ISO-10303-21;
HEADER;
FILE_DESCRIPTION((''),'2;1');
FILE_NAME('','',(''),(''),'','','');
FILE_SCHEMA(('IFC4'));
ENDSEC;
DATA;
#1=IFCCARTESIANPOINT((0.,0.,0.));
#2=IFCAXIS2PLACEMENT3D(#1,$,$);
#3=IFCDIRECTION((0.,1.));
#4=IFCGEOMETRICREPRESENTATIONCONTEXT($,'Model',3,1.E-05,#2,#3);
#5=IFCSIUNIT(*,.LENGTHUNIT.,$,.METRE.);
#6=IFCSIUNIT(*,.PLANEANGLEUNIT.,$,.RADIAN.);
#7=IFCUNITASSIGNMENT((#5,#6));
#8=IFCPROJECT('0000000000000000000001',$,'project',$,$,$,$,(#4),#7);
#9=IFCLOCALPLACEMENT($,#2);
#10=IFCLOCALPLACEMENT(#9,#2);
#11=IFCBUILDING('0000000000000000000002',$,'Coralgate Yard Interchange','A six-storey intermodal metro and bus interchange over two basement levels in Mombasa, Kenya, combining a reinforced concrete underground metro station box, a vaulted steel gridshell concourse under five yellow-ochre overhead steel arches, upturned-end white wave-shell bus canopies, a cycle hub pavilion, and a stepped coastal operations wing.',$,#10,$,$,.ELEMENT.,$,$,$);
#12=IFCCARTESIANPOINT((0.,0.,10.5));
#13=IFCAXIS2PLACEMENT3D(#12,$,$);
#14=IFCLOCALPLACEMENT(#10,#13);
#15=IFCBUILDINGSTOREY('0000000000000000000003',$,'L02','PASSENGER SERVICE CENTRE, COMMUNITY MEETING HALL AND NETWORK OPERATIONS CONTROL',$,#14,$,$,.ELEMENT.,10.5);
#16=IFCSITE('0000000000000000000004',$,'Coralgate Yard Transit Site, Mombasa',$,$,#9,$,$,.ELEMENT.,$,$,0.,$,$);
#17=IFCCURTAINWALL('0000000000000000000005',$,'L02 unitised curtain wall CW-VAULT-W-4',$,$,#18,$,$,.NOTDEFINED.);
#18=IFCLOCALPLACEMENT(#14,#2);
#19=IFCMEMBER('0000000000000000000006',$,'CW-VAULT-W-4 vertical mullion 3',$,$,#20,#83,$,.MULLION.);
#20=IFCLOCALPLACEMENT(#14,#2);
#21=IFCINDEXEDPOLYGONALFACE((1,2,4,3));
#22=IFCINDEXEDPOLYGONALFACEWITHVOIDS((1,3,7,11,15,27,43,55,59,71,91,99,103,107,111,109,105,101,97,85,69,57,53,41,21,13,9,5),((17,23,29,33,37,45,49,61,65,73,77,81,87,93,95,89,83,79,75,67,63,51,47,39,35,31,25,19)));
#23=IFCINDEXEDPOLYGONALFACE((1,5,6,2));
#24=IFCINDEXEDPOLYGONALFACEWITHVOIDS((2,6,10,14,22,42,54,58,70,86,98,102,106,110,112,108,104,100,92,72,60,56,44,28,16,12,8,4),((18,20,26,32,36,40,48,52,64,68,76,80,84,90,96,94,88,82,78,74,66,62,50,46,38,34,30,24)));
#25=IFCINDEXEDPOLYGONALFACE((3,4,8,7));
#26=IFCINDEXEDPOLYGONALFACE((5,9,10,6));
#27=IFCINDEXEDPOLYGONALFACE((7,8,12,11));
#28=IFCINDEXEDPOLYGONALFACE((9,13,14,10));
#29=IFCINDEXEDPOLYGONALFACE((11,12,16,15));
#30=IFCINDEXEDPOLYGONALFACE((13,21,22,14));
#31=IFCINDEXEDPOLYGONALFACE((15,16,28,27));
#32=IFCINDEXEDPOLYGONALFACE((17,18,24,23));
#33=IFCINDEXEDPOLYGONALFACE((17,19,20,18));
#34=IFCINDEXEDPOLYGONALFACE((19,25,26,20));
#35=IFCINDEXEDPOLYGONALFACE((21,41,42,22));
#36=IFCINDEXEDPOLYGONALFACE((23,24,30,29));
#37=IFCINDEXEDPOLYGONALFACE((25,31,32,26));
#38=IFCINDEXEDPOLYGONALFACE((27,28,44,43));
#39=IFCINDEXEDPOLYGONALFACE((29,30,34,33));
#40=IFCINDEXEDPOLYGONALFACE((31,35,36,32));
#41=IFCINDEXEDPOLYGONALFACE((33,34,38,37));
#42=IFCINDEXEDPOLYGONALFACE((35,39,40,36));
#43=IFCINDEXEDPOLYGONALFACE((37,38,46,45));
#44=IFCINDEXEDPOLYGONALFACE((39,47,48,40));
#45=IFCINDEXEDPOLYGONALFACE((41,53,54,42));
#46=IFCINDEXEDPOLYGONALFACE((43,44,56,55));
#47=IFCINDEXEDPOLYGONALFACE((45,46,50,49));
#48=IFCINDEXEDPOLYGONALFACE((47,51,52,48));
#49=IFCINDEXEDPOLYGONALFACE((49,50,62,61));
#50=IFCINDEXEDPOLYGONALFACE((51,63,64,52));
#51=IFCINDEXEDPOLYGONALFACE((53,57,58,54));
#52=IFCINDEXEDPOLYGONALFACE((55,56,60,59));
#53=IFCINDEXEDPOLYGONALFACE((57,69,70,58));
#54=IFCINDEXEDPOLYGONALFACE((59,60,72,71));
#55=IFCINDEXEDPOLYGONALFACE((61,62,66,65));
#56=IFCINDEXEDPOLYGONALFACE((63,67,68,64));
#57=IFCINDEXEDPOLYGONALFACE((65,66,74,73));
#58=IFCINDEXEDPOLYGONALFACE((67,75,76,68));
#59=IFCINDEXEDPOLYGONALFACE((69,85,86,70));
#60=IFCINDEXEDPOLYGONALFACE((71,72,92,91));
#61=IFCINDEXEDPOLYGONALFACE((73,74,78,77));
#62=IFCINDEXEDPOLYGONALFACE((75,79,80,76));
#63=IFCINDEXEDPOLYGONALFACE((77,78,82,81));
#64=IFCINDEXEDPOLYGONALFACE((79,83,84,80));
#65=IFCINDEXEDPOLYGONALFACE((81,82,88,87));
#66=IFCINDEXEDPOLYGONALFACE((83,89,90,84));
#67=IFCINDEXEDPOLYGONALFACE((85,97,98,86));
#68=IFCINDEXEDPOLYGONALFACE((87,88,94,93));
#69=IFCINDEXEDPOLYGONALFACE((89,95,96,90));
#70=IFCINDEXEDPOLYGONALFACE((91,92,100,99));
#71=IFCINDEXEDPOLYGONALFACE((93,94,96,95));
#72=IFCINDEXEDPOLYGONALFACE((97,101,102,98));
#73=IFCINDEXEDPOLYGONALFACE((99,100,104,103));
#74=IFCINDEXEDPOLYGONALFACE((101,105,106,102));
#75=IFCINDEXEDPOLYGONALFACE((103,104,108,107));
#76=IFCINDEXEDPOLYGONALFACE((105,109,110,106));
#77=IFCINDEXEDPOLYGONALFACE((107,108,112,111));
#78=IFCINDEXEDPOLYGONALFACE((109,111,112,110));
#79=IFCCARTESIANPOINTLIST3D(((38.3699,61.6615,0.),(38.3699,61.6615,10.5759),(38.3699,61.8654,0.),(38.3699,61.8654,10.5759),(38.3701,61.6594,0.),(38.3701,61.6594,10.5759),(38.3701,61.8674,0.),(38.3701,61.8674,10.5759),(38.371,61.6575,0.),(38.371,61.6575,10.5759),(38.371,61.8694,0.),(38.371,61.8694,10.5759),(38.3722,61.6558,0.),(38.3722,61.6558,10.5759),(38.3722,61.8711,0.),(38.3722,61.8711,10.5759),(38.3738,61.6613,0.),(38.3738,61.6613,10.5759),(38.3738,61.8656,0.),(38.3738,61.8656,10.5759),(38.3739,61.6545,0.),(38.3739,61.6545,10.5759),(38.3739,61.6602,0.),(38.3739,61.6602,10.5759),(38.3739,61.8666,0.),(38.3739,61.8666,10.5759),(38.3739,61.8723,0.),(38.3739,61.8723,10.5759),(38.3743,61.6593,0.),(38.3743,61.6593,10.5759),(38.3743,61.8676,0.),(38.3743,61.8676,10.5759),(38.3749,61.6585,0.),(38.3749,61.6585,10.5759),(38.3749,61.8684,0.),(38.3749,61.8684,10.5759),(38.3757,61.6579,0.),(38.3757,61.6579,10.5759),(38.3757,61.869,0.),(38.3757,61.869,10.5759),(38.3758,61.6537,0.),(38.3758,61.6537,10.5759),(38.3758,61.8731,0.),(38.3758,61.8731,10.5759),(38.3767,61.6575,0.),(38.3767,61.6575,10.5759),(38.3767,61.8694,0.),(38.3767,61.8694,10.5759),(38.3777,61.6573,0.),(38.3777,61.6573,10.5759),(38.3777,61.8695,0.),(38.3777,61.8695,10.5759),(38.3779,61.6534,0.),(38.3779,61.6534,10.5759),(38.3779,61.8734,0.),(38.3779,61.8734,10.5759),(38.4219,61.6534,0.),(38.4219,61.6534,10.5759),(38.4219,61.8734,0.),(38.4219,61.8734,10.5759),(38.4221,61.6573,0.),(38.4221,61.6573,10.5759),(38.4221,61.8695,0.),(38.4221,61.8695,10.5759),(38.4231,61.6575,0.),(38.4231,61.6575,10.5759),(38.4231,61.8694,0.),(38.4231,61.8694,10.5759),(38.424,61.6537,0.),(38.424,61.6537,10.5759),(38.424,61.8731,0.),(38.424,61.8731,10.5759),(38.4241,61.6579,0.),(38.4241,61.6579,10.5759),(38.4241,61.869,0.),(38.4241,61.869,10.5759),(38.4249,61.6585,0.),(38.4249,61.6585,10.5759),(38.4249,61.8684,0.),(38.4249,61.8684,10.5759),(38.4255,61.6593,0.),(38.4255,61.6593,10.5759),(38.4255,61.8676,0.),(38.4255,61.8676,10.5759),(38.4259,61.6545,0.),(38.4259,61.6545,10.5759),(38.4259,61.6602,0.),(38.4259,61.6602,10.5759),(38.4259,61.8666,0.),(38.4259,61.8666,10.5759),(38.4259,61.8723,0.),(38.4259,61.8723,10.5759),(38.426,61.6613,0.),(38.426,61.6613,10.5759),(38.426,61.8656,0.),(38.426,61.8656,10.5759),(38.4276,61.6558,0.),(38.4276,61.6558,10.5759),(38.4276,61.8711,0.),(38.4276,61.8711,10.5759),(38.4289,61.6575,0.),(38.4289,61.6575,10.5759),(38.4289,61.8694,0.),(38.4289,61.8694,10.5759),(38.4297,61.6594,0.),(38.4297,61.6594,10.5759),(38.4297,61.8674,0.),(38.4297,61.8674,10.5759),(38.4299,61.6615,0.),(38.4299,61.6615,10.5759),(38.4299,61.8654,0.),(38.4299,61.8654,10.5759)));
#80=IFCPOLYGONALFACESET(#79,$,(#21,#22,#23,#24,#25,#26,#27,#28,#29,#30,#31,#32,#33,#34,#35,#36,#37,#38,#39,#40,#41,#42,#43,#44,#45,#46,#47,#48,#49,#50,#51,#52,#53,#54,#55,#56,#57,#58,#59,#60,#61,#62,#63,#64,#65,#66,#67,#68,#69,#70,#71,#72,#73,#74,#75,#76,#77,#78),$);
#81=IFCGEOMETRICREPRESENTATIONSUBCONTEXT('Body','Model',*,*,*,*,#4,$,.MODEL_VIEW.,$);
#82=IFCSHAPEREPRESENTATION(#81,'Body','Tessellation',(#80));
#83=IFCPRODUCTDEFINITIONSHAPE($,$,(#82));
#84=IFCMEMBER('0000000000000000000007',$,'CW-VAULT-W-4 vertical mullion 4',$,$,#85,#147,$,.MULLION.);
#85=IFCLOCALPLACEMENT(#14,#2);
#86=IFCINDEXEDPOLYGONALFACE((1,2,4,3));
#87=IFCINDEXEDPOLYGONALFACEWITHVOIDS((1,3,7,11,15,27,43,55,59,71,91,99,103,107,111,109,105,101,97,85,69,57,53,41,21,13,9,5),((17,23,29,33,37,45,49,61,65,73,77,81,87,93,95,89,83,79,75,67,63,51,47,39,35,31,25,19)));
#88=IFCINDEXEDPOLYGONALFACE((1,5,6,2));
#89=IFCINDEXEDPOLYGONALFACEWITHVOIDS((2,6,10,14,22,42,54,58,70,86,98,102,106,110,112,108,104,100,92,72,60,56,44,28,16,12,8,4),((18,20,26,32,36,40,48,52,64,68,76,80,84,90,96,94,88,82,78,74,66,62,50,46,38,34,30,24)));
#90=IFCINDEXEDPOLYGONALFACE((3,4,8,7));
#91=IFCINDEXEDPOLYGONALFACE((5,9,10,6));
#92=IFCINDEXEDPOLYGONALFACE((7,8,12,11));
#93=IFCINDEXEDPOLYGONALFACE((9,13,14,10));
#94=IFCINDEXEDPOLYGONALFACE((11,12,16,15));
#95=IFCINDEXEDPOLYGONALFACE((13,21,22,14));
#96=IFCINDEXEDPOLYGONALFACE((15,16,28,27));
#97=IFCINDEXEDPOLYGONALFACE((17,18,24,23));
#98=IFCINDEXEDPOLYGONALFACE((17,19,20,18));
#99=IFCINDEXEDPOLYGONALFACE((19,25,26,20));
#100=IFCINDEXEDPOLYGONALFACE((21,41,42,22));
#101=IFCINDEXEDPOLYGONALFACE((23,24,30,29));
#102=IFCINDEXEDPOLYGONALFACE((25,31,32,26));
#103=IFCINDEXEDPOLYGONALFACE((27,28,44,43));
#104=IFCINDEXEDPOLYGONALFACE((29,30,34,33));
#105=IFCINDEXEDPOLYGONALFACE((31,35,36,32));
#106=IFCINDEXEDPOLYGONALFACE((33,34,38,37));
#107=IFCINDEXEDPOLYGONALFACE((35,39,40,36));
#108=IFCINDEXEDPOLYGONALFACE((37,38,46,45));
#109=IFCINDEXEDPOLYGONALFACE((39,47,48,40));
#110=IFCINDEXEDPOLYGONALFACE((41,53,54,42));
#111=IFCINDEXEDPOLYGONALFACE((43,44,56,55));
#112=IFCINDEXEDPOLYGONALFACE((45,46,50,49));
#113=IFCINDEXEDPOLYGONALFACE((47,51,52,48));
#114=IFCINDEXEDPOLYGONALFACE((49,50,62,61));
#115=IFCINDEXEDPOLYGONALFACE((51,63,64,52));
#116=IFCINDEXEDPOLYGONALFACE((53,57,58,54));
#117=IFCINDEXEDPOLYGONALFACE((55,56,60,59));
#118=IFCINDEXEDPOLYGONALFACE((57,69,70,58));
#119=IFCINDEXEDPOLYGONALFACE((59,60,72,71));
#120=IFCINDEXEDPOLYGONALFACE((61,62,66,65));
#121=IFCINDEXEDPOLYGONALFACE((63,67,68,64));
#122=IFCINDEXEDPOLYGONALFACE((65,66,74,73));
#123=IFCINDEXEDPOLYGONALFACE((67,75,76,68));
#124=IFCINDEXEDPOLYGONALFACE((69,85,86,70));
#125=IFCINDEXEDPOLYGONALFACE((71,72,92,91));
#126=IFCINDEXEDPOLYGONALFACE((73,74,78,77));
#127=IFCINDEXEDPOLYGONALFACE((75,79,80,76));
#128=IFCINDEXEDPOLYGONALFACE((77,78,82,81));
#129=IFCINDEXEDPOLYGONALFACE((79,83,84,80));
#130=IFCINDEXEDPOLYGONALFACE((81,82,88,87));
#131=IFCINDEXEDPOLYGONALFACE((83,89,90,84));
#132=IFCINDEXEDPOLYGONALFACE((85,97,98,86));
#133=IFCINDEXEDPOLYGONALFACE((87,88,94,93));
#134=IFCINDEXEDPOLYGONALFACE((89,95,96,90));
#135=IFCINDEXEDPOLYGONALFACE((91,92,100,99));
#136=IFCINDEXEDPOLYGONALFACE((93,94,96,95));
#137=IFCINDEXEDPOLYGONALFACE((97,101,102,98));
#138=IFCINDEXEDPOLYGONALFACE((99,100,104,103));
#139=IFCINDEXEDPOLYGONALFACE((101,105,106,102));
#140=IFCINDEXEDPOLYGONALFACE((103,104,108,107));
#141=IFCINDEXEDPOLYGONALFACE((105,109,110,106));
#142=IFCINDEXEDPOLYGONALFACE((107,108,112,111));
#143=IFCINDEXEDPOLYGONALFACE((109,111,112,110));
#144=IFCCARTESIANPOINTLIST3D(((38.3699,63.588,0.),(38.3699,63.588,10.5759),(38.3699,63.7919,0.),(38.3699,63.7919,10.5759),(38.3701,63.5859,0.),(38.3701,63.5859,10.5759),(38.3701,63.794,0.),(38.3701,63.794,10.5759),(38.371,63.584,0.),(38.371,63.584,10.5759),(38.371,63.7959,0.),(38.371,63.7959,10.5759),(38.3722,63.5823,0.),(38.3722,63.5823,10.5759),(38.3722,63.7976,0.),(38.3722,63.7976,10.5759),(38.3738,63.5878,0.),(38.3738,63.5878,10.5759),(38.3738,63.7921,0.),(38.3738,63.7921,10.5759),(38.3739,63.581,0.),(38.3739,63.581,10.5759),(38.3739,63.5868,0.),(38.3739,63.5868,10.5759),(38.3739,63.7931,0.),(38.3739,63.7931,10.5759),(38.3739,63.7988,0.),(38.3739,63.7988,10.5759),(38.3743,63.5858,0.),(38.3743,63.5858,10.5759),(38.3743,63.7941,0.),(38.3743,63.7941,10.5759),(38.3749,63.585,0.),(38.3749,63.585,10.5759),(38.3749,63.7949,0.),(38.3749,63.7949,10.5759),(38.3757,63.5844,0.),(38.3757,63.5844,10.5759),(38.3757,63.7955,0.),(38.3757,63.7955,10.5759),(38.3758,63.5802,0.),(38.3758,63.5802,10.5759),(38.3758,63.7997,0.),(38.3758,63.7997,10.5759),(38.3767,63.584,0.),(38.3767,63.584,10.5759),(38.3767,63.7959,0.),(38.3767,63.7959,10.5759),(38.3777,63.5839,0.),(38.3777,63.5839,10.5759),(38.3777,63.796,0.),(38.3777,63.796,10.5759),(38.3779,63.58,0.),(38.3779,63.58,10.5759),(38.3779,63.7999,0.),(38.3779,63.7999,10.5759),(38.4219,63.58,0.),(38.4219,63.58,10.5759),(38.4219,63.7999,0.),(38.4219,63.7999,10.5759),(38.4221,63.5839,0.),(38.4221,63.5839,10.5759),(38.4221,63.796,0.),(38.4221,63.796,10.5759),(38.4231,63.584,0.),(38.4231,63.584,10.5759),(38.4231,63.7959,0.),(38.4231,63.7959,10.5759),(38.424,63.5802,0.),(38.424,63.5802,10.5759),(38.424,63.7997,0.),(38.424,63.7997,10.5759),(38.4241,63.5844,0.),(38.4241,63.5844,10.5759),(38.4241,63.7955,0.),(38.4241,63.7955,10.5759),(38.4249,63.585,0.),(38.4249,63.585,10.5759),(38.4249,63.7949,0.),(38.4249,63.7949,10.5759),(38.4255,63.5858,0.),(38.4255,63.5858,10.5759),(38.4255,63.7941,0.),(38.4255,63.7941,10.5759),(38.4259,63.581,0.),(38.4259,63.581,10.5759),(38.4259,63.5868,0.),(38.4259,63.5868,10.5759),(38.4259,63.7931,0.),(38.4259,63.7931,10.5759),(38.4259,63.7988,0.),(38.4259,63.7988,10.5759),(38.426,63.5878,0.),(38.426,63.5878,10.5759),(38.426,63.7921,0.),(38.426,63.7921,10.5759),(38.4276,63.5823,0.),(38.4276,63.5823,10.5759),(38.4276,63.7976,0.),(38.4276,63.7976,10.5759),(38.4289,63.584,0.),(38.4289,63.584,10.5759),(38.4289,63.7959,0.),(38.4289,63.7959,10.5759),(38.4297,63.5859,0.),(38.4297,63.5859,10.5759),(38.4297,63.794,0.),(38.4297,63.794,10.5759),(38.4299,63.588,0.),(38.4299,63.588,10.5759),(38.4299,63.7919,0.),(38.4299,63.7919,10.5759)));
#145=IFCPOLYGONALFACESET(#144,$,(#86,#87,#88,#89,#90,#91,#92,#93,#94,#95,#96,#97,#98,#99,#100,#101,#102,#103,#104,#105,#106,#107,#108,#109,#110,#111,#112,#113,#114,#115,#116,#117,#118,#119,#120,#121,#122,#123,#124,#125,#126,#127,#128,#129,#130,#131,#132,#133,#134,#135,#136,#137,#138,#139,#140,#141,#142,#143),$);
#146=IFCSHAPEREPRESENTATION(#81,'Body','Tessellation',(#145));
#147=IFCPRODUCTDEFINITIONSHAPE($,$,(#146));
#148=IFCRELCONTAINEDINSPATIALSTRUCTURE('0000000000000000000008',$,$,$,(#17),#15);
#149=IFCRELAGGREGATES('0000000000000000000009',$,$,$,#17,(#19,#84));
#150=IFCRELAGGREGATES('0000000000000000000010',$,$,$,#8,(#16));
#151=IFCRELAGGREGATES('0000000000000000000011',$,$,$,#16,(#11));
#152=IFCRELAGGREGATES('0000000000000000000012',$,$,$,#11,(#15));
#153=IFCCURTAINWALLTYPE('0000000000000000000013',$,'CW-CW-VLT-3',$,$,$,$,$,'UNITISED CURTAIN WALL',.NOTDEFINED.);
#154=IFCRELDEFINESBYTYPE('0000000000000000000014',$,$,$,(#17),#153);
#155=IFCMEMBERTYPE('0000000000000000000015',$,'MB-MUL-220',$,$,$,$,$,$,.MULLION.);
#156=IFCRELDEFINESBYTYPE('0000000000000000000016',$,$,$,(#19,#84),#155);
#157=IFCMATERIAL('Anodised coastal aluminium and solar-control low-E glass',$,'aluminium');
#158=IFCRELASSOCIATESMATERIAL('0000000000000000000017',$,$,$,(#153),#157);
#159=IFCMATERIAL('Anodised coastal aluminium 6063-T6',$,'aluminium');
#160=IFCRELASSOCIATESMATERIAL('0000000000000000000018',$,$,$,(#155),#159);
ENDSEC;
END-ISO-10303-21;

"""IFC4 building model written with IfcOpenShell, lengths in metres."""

from ifc_helpers import new_model, si_unit, direction, frame, origin, origin_2d, place, context, subcontext, project, spatial, hollow_rectangle, extrude, material, material_profile, profile_set, type_object, element, aggregate, save


model = new_model("IFC4")

# Units and contexts
model_context = context("Model", 3, precision=1e-05, world=origin(), true_north=direction((0.0, 1.0)))
body_context = subcontext(model_context, "Body", "Model", "MODEL_VIEW")
ifc_project = project(units=[si_unit("LENGTHUNIT", "METRE"), si_unit("PLANEANGLEUNIT", "RADIAN")], contexts=[model_context])

# Site, building, storey
site_placement = place(None, origin())
site = spatial("IfcSite", under=ifc_project, at=site_placement, Name="Coralgate Yard Transit Site, Mombasa", CompositionType="ELEMENT", RefElevation=0.0)
building_placement = place(site_placement, origin())
building = spatial("IfcBuilding", under=site, at=building_placement, Name="Coralgate Yard Interchange", Description="A six-storey intermodal metro and bus interchange over two basement levels in Mombasa, Kenya, combining a reinforced concrete underground metro station box, a vaulted steel gridshell concourse under five yellow-ochre overhead steel arches, upturned-end white wave-shell bus canopies, a cycle hub pavilion, and a stepped coastal operations wing.", CompositionType="ELEMENT")
storey_placement = place(building_placement, frame((0.0, 0.0, 10.5)))
storey = spatial("IfcBuildingStorey", under=building, at=storey_placement, Name="L02", Description="PASSENGER SERVICE CENTRE, COMMUNITY MEETING HALL AND NETWORK OPERATIONS CONTROL", CompositionType="ELEMENT", Elevation=10.5)

# Curtain wall, members
ifc_material_1 = material(Name="Anodised coastal aluminium and solar-control low-E glass", Category="aluminium")
curtain_wall_type_1 = type_object("IfcCurtainWallType", Name="CW-CW-VLT-3", ElementType="UNITISED CURTAIN WALL", PredefinedType="NOTDEFINED", material=ifc_material_1)
curtain_wall_1_placement = place(storey_placement, origin())
curtain_wall_1 = element("IfcCurtainWall", 1, at=curtain_wall_1_placement, inside=storey, type_object=curtain_wall_type_1, Name="L02 unitised curtain wall CW-VAULT-W-4", PredefinedType="NOTDEFINED")
ifc_material_2 = material(Name="Anodised coastal aluminium 6063-T6", Category="aluminium")
ifc_material_profile_1 = material_profile(ifc_material_2, hollow_rectangle(XDim=0.0601, YDim=0.22, WallThickness=0.0039, InnerFilletRadius=0.0039, OuterFilletRadius=0.0081, at=origin_2d()), Name="ALU 60x220x4")
ifc_profile_set_1 = profile_set([ifc_material_profile_1], Name="Anodised coastal aluminium 6063-T6")
member_type_1 = type_object("IfcMemberType", Name="MB-MUL-220", PredefinedType="MULLION", material=ifc_profile_set_1)
member_1_placement = place(storey_placement, frame((38.3999, 61.7634, 0.0), z_axis=(0.0, 0.0, 1.0), x_axis=(1.0, 0.0, 0.0)))
member_1 = element("IfcMember", 2, at=member_1_placement, type_object=member_type_1, Name="CW-VAULT-W-4 vertical mullion 3", PredefinedType="MULLION", context=body_context, shape_type="SweptSolid", body=[
    extrude(hollow_rectangle(XDim=0.0601, YDim=0.22, WallThickness=0.0039, InnerFilletRadius=0.0039, OuterFilletRadius=0.0081, at=origin_2d()), origin(), (0.0, 0.0, 1.0), 10.5759),
])
member_2_placement = place(storey_placement, frame((38.3999, 63.6899, 0.0), z_axis=(0.0, 0.0, 1.0), x_axis=(1.0, 0.0, 0.0)))
member_2 = element("IfcMember", 3, at=member_2_placement, type_object=member_type_1, Name="CW-VAULT-W-4 vertical mullion 4", PredefinedType="MULLION", context=body_context, shape_type="SweptSolid", body=[
    extrude(hollow_rectangle(XDim=0.0601, YDim=0.22, WallThickness=0.0039, InnerFilletRadius=0.0039, OuterFilletRadius=0.0081, at=origin_2d()), origin(), (0.0, 0.0, 1.0), 10.5759),
])

aggregate(curtain_wall_1, [member_1, member_2])

save(model, "model.ifc")
